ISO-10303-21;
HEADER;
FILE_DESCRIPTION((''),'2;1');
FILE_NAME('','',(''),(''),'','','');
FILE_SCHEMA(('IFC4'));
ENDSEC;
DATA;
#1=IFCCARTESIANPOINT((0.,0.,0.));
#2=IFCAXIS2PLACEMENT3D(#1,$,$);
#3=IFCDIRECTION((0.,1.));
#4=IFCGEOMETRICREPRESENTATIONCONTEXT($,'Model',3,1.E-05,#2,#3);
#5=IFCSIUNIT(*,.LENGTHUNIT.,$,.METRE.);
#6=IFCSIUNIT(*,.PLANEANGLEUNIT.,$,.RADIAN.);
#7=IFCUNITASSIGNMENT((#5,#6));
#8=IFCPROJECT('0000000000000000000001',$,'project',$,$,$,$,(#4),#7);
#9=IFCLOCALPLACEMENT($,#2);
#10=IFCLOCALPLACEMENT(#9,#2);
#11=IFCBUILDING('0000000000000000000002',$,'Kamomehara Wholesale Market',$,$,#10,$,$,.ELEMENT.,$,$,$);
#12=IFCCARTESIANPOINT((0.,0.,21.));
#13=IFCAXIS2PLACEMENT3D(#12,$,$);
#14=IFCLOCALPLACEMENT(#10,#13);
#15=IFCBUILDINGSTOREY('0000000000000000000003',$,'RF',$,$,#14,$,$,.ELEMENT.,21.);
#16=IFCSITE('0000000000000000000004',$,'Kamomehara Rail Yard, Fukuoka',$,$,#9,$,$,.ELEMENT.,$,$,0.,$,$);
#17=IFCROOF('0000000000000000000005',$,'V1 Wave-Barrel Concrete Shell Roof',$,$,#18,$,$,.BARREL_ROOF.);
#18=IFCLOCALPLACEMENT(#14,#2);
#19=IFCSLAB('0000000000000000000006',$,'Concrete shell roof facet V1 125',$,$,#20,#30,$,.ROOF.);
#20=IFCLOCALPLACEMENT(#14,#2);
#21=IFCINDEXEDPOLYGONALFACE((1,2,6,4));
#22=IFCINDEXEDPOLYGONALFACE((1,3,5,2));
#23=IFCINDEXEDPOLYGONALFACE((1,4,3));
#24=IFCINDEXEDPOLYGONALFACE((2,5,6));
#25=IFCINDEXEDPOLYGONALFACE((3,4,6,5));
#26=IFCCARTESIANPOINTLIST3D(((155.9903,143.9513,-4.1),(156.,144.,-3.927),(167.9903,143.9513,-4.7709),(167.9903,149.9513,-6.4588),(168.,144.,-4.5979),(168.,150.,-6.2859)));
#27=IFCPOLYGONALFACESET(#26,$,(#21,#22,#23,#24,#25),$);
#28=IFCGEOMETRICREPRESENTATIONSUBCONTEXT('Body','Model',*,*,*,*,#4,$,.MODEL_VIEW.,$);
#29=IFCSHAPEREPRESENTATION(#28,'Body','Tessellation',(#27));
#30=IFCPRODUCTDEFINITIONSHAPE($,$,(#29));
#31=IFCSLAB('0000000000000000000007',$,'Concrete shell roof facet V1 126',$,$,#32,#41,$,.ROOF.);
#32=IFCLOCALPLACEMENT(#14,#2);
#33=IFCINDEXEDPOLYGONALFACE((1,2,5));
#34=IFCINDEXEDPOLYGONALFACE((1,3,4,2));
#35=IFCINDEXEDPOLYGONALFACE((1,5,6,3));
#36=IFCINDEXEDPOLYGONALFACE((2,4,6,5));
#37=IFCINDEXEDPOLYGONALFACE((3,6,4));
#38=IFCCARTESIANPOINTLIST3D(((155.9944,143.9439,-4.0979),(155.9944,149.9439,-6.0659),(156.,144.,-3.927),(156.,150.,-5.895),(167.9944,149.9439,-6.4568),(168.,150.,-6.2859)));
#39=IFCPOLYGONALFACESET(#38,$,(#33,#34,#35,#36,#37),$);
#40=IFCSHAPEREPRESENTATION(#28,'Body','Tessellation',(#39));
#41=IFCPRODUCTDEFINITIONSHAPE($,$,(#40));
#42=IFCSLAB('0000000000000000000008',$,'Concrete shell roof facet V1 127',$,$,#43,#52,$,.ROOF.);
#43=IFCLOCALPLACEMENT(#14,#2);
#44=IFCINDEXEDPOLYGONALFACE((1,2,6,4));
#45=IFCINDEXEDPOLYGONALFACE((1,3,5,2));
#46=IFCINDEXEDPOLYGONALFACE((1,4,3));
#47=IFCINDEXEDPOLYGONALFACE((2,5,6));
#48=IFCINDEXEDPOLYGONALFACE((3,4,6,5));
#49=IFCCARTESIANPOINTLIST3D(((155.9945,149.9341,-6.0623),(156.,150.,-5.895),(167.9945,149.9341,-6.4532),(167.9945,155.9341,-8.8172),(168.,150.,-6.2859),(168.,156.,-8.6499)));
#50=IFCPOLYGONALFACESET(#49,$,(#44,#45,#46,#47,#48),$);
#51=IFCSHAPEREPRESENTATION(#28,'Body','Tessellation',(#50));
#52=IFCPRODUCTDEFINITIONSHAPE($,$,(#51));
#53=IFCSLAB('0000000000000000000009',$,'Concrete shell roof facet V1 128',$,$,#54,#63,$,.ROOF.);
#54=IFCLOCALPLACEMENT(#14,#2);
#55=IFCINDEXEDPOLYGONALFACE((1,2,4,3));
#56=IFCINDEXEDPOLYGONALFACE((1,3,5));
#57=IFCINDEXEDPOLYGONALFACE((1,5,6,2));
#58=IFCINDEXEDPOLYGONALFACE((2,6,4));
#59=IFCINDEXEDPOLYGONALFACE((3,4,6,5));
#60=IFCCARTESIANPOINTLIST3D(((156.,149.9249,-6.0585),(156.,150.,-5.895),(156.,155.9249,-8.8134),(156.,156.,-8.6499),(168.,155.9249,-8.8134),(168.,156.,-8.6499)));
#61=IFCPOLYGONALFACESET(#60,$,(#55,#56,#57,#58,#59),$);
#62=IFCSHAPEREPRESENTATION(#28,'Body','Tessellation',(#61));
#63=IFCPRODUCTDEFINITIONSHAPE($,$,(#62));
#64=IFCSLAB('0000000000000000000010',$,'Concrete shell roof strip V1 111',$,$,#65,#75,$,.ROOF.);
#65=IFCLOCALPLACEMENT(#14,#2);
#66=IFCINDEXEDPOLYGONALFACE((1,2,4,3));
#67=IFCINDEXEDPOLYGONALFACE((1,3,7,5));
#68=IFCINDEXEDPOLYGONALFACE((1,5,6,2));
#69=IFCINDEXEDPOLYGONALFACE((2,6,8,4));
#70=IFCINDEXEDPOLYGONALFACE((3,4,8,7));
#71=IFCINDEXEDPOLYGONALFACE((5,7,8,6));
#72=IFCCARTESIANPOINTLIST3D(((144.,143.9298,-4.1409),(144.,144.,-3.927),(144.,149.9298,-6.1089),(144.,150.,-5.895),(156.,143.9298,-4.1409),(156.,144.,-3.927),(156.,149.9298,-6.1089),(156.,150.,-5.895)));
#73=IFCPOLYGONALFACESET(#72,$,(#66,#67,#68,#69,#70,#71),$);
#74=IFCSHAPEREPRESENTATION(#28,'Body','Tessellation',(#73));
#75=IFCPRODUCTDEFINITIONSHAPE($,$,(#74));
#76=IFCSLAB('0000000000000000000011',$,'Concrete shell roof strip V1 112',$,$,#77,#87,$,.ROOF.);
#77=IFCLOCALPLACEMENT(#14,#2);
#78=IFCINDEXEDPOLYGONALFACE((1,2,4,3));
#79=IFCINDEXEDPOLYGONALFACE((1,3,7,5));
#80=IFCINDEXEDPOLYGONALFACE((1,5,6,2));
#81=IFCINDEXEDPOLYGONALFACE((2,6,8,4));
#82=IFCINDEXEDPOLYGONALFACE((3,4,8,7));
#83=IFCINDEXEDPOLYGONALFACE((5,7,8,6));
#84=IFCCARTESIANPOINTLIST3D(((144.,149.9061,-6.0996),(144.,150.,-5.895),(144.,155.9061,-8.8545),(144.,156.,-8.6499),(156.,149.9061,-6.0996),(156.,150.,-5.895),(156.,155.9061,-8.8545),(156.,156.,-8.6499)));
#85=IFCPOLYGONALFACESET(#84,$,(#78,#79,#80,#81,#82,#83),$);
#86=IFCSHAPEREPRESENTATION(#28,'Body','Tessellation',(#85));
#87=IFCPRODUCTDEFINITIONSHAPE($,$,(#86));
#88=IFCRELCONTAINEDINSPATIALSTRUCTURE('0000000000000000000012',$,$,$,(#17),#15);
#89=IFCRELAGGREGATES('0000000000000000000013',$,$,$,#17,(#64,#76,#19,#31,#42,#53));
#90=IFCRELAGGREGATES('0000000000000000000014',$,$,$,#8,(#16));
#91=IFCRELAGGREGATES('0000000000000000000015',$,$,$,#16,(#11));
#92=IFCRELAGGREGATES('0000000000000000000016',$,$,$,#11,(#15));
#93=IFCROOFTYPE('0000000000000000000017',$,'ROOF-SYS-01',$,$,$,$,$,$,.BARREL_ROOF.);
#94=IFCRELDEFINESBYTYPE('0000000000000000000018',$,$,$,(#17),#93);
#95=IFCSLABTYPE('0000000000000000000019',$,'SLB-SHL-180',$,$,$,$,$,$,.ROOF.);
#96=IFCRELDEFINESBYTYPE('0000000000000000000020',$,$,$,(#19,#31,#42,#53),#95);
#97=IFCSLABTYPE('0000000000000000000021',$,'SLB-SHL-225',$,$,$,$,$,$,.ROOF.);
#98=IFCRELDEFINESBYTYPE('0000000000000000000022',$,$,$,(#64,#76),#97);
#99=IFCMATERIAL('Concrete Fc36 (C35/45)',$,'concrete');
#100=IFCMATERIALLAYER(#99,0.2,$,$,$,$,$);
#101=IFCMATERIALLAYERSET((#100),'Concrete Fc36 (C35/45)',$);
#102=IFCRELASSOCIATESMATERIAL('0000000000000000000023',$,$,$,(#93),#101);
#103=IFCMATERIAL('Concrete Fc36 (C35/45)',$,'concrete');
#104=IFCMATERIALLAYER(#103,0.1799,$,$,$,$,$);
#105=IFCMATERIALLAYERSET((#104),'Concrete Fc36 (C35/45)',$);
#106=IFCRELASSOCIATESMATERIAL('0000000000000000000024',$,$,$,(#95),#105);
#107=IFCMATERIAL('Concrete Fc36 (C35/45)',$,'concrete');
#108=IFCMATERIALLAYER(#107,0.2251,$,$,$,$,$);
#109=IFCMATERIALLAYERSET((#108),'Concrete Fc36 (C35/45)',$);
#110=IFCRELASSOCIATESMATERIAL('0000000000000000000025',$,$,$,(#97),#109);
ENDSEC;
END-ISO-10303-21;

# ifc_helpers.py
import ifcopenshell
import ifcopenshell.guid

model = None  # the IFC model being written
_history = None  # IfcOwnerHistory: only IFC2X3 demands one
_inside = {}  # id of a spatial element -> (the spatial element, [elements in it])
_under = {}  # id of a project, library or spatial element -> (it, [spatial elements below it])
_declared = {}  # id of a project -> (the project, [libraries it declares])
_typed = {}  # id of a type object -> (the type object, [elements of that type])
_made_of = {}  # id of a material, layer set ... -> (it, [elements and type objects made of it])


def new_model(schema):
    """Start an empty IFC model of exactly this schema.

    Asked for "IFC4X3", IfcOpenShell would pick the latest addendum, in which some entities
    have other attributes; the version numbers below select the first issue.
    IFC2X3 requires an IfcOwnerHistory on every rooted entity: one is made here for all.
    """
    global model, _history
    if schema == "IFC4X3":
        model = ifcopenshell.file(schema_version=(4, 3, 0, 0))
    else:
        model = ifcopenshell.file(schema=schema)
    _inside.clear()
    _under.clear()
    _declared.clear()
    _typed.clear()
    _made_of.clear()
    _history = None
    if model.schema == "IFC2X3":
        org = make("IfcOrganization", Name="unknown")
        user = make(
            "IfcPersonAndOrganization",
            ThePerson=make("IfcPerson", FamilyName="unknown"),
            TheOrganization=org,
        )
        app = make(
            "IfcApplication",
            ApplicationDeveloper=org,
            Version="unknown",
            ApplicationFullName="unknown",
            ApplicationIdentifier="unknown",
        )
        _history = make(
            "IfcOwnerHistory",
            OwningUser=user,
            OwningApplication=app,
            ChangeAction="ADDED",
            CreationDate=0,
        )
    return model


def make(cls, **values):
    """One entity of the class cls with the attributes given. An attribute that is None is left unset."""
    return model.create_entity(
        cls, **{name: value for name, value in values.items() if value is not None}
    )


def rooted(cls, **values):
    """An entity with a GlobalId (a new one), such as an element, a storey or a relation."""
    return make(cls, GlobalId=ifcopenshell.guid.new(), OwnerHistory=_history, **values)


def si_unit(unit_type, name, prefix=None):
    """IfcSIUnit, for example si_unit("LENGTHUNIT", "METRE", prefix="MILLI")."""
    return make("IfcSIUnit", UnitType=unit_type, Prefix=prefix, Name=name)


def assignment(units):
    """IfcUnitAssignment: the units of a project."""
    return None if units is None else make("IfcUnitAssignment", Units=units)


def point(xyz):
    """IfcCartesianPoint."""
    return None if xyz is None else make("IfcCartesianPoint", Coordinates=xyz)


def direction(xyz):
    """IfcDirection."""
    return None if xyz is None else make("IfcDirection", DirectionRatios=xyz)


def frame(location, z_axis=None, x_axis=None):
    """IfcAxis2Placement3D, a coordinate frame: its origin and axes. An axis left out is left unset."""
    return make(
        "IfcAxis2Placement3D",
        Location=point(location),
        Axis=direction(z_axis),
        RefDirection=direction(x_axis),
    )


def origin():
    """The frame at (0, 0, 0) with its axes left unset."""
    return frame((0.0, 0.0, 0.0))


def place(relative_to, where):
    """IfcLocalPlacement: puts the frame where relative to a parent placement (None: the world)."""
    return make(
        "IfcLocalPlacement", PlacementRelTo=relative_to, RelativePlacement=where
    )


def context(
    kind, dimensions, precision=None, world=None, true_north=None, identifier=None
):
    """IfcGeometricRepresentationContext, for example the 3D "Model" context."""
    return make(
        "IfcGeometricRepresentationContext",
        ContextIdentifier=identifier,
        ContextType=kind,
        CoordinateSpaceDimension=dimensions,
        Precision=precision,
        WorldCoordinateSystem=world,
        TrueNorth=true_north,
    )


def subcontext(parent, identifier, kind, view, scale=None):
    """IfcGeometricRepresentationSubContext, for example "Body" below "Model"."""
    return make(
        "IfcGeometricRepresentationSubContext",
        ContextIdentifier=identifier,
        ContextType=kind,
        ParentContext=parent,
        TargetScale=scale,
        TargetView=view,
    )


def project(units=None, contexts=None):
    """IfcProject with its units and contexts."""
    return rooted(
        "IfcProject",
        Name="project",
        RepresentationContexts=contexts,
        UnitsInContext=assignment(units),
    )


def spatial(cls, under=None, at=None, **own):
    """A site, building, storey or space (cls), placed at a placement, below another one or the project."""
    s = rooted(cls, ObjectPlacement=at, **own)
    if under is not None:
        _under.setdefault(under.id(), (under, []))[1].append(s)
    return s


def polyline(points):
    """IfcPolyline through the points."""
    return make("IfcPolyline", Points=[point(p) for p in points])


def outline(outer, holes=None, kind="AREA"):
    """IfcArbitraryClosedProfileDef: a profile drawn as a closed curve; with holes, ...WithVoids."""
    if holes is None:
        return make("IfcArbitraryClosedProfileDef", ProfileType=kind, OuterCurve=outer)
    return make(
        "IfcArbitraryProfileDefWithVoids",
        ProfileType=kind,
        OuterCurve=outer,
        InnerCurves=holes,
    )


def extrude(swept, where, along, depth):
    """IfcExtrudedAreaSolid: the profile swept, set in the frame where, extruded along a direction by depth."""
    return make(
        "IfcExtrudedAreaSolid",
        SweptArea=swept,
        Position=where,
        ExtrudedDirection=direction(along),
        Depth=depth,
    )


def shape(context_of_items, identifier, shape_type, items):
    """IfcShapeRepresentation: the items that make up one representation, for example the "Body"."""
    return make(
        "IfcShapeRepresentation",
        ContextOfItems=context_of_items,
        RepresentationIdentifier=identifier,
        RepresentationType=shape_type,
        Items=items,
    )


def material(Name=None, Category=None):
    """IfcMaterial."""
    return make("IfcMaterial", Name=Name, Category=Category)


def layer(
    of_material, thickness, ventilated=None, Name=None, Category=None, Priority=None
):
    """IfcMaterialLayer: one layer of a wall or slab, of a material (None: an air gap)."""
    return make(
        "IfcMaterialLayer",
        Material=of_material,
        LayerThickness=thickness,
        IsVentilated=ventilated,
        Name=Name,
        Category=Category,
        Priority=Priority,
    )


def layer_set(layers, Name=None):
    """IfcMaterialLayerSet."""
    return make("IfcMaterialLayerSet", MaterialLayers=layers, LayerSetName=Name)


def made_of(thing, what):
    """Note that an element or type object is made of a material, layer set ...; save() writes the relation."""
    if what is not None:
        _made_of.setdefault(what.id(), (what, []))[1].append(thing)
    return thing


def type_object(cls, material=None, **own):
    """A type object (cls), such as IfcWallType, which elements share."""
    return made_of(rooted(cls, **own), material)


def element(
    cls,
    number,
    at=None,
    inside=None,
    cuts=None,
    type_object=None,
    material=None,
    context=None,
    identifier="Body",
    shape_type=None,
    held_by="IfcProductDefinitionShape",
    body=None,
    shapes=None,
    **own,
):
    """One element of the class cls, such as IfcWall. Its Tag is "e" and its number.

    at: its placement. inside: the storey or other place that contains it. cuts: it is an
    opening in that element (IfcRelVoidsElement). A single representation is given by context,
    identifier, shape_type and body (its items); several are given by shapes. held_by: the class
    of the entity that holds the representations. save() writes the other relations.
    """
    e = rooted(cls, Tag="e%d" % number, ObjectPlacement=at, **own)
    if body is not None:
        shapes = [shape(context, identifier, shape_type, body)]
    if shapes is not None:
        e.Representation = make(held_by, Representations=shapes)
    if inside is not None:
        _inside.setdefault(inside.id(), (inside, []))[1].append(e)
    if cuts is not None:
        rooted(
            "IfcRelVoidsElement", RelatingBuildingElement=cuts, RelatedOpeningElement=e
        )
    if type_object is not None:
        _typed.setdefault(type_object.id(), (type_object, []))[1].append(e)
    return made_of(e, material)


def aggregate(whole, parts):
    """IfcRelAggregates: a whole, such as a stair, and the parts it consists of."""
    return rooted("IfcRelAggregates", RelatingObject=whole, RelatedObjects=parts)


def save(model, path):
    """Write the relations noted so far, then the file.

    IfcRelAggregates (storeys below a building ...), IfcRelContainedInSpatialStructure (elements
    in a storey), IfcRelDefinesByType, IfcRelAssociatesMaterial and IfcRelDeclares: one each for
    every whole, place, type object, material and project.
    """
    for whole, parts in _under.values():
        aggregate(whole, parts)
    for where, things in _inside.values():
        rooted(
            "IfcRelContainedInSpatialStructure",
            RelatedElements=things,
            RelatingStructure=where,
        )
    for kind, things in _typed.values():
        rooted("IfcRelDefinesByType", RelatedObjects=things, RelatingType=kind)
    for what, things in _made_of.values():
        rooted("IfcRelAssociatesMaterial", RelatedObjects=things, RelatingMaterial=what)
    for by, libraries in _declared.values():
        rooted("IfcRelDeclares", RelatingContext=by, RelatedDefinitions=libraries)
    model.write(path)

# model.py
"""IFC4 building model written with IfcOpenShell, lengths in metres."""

from ifc_helpers import new_model, si_unit, direction, frame, origin, place, context, subcontext, project, spatial, polyline, outline, extrude, material, layer, layer_set, type_object, element, aggregate, save


model = new_model("IFC4")

# Units and contexts
model_context = context("Model", 3, precision=1e-05, world=origin(), true_north=direction((0.0, 1.0)))
body_context = subcontext(model_context, "Body", "Model", "MODEL_VIEW")
ifc_project = project(units=[si_unit("LENGTHUNIT", "METRE"), si_unit("PLANEANGLEUNIT", "RADIAN")], contexts=[model_context])

# Site, building, storey
site_placement = place(None, origin())
site = spatial("IfcSite", under=ifc_project, at=site_placement, Name="Kamomehara Rail Yard, Fukuoka", CompositionType="ELEMENT", RefElevation=0.0)
building_placement = place(site_placement, origin())
building = spatial("IfcBuilding", under=site, at=building_placement, Name="Kamomehara Wholesale Market", CompositionType="ELEMENT")
storey_placement = place(building_placement, frame((0.0, 0.0, 21.0)))
storey = spatial("IfcBuildingStorey", under=building, at=storey_placement, Name="RF", CompositionType="ELEMENT", Elevation=21.0)

# Roof, slabs
ifc_material_1 = material(Name="Concrete Fc36 (C35/45)", Category="concrete")
ifc_layer_1 = layer(ifc_material_1, 0.2)
ifc_layer_set_1 = layer_set([ifc_layer_1], Name="Concrete Fc36 (C35/45)")
roof_type_1 = type_object("IfcRoofType", Name="ROOF-SYS-01", PredefinedType="BARREL_ROOF", material=ifc_layer_set_1)
roof_1_placement = place(storey_placement, origin())
roof_1 = element("IfcRoof", 1, at=roof_1_placement, inside=storey, type_object=roof_type_1, Name="V1 Wave-Barrel Concrete Shell Roof", PredefinedType="BARREL_ROOF")
ifc_material_2 = material(Name="Concrete Fc36 (C35/45)", Category="concrete")
ifc_layer_2 = layer(ifc_material_2, 0.1799)
ifc_layer_set_2 = layer_set([ifc_layer_2], Name="Concrete Fc36 (C35/45)")
slab_type_1 = type_object("IfcSlabType", Name="SLB-SHL-180", PredefinedType="ROOF", material=ifc_layer_set_2)
slab_1_placement = place(storey_placement, frame((156.0, 144.0, -3.927), z_axis=(0.053741, 0.270427, 0.961239), x_axis=(0.998441, 0.0, -0.055821)))
slab_1 = element("IfcSlab", 2, at=slab_1_placement, type_object=slab_type_1, Name="Concrete shell roof facet V1 125", PredefinedType="ROOF", context=body_context, shape_type="SweptSolid", body=[
    extrude(outline(polyline([(0.0, 0.0), (12.0187, 0.0), (12.113, 6.2322), (0.0, 0.0)])), origin(), (0.0, 0.0, -1.0), 0.1799),
])
slab_2_placement = place(storey_placement, frame((156.0, 144.0, -3.927), z_axis=(0.030935, 0.311517, 0.949737), x_axis=(0.880915, 0.440457, -0.173165)))
slab_2 = element("IfcSlab", 3, at=slab_2_placement, type_object=slab_type_1, Name="Concrete shell roof facet V1 126", PredefinedType="ROOF", context=body_context, shape_type="SweptSolid", body=[
    extrude(outline(polyline([(0.0, 0.0), (13.6222, 0.0), (2.9835, 5.5652), (0.0, 0.0)])), origin(), (0.0, 0.0, -1.0), 0.1799),
])
slab_3_placement = place(storey_placement, frame((156.0, 150.0, -5.895), z_axis=(0.030291, 0.366407, 0.929962), x_axis=(0.99947, 0.0, -0.032555)))
slab_3 = element("IfcSlab", 4, at=slab_3_placement, type_object=slab_type_1, Name="Concrete shell roof facet V1 127", PredefinedType="ROOF", context=body_context, shape_type="SweptSolid", body=[
    extrude(outline(polyline([(0.0, 0.0), (12.0064, 0.0), (12.0833, 6.4485), (0.0, 0.0)])), origin(), (0.0, 0.0, -1.0), 0.1799),
])
slab_4_placement = place(storey_placement, frame((156.0, 150.0, -5.895), z_axis=(0.0, 0.417266, 0.908784), x_axis=(0.876147, 0.438074, -0.20114)))
slab_4 = element("IfcSlab", 5, at=slab_4_placement, type_object=slab_type_1, Name="Concrete shell roof facet V1 128", PredefinedType="ROOF", context=body_context, shape_type="SweptSolid", body=[
    extrude(outline(polyline([(0.0, 0.0), (13.6963, 0.0), (3.1826, 5.7845), (0.0, 0.0)])), origin(), (0.0, 0.0, -1.0), 0.1799),
])
ifc_material_3 = material(Name="Concrete Fc36 (C35/45)", Category="concrete")
ifc_layer_3 = layer(ifc_material_3, 0.2251)
ifc_layer_set_3 = layer_set([ifc_layer_3], Name="Concrete Fc36 (C35/45)")
slab_type_2 = type_object("IfcSlabType", Name="SLB-SHL-225", PredefinedType="ROOF", material=ifc_layer_set_3)
slab_5_placement = place(storey_placement, frame((144.0, 144.0, -3.927), z_axis=(0.0, 0.311666, 0.950192), x_axis=(1.0, 0.0, 0.0)))
slab_5 = element("IfcSlab", 6, at=slab_5_placement, type_object=slab_type_2, Name="Concrete shell roof strip V1 111", PredefinedType="ROOF", context=body_context, shape_type="SweptSolid", body=[
    extrude(outline(polyline([(0.0, 0.0), (12.0, 0.0), (12.0, 6.3145), (0.0, 6.3145), (0.0, 0.0)])), origin(), (0.0, 0.0, -1.0), 0.2251),
])
slab_6_placement = place(storey_placement, frame((144.0, 150.0, -5.895), z_axis=(0.0, 0.417266, 0.908784), x_axis=(1.0, 0.0, 0.0)))
slab_6 = element("IfcSlab", 7, at=slab_6_placement, type_object=slab_type_2, Name="Concrete shell roof strip V1 112", PredefinedType="ROOF", context=body_context, shape_type="SweptSolid", body=[
    extrude(outline(polyline([(0.0, 0.0), (12.0, 0.0), (12.0, 6.6022), (0.0, 6.6022), (0.0, 0.0)])), origin(), (0.0, 0.0, -1.0), 0.2251),
])
aggregate(roof_1, [slab_5, slab_6, slab_1, slab_2, slab_3, slab_4])

save(model, "model.ifc")
